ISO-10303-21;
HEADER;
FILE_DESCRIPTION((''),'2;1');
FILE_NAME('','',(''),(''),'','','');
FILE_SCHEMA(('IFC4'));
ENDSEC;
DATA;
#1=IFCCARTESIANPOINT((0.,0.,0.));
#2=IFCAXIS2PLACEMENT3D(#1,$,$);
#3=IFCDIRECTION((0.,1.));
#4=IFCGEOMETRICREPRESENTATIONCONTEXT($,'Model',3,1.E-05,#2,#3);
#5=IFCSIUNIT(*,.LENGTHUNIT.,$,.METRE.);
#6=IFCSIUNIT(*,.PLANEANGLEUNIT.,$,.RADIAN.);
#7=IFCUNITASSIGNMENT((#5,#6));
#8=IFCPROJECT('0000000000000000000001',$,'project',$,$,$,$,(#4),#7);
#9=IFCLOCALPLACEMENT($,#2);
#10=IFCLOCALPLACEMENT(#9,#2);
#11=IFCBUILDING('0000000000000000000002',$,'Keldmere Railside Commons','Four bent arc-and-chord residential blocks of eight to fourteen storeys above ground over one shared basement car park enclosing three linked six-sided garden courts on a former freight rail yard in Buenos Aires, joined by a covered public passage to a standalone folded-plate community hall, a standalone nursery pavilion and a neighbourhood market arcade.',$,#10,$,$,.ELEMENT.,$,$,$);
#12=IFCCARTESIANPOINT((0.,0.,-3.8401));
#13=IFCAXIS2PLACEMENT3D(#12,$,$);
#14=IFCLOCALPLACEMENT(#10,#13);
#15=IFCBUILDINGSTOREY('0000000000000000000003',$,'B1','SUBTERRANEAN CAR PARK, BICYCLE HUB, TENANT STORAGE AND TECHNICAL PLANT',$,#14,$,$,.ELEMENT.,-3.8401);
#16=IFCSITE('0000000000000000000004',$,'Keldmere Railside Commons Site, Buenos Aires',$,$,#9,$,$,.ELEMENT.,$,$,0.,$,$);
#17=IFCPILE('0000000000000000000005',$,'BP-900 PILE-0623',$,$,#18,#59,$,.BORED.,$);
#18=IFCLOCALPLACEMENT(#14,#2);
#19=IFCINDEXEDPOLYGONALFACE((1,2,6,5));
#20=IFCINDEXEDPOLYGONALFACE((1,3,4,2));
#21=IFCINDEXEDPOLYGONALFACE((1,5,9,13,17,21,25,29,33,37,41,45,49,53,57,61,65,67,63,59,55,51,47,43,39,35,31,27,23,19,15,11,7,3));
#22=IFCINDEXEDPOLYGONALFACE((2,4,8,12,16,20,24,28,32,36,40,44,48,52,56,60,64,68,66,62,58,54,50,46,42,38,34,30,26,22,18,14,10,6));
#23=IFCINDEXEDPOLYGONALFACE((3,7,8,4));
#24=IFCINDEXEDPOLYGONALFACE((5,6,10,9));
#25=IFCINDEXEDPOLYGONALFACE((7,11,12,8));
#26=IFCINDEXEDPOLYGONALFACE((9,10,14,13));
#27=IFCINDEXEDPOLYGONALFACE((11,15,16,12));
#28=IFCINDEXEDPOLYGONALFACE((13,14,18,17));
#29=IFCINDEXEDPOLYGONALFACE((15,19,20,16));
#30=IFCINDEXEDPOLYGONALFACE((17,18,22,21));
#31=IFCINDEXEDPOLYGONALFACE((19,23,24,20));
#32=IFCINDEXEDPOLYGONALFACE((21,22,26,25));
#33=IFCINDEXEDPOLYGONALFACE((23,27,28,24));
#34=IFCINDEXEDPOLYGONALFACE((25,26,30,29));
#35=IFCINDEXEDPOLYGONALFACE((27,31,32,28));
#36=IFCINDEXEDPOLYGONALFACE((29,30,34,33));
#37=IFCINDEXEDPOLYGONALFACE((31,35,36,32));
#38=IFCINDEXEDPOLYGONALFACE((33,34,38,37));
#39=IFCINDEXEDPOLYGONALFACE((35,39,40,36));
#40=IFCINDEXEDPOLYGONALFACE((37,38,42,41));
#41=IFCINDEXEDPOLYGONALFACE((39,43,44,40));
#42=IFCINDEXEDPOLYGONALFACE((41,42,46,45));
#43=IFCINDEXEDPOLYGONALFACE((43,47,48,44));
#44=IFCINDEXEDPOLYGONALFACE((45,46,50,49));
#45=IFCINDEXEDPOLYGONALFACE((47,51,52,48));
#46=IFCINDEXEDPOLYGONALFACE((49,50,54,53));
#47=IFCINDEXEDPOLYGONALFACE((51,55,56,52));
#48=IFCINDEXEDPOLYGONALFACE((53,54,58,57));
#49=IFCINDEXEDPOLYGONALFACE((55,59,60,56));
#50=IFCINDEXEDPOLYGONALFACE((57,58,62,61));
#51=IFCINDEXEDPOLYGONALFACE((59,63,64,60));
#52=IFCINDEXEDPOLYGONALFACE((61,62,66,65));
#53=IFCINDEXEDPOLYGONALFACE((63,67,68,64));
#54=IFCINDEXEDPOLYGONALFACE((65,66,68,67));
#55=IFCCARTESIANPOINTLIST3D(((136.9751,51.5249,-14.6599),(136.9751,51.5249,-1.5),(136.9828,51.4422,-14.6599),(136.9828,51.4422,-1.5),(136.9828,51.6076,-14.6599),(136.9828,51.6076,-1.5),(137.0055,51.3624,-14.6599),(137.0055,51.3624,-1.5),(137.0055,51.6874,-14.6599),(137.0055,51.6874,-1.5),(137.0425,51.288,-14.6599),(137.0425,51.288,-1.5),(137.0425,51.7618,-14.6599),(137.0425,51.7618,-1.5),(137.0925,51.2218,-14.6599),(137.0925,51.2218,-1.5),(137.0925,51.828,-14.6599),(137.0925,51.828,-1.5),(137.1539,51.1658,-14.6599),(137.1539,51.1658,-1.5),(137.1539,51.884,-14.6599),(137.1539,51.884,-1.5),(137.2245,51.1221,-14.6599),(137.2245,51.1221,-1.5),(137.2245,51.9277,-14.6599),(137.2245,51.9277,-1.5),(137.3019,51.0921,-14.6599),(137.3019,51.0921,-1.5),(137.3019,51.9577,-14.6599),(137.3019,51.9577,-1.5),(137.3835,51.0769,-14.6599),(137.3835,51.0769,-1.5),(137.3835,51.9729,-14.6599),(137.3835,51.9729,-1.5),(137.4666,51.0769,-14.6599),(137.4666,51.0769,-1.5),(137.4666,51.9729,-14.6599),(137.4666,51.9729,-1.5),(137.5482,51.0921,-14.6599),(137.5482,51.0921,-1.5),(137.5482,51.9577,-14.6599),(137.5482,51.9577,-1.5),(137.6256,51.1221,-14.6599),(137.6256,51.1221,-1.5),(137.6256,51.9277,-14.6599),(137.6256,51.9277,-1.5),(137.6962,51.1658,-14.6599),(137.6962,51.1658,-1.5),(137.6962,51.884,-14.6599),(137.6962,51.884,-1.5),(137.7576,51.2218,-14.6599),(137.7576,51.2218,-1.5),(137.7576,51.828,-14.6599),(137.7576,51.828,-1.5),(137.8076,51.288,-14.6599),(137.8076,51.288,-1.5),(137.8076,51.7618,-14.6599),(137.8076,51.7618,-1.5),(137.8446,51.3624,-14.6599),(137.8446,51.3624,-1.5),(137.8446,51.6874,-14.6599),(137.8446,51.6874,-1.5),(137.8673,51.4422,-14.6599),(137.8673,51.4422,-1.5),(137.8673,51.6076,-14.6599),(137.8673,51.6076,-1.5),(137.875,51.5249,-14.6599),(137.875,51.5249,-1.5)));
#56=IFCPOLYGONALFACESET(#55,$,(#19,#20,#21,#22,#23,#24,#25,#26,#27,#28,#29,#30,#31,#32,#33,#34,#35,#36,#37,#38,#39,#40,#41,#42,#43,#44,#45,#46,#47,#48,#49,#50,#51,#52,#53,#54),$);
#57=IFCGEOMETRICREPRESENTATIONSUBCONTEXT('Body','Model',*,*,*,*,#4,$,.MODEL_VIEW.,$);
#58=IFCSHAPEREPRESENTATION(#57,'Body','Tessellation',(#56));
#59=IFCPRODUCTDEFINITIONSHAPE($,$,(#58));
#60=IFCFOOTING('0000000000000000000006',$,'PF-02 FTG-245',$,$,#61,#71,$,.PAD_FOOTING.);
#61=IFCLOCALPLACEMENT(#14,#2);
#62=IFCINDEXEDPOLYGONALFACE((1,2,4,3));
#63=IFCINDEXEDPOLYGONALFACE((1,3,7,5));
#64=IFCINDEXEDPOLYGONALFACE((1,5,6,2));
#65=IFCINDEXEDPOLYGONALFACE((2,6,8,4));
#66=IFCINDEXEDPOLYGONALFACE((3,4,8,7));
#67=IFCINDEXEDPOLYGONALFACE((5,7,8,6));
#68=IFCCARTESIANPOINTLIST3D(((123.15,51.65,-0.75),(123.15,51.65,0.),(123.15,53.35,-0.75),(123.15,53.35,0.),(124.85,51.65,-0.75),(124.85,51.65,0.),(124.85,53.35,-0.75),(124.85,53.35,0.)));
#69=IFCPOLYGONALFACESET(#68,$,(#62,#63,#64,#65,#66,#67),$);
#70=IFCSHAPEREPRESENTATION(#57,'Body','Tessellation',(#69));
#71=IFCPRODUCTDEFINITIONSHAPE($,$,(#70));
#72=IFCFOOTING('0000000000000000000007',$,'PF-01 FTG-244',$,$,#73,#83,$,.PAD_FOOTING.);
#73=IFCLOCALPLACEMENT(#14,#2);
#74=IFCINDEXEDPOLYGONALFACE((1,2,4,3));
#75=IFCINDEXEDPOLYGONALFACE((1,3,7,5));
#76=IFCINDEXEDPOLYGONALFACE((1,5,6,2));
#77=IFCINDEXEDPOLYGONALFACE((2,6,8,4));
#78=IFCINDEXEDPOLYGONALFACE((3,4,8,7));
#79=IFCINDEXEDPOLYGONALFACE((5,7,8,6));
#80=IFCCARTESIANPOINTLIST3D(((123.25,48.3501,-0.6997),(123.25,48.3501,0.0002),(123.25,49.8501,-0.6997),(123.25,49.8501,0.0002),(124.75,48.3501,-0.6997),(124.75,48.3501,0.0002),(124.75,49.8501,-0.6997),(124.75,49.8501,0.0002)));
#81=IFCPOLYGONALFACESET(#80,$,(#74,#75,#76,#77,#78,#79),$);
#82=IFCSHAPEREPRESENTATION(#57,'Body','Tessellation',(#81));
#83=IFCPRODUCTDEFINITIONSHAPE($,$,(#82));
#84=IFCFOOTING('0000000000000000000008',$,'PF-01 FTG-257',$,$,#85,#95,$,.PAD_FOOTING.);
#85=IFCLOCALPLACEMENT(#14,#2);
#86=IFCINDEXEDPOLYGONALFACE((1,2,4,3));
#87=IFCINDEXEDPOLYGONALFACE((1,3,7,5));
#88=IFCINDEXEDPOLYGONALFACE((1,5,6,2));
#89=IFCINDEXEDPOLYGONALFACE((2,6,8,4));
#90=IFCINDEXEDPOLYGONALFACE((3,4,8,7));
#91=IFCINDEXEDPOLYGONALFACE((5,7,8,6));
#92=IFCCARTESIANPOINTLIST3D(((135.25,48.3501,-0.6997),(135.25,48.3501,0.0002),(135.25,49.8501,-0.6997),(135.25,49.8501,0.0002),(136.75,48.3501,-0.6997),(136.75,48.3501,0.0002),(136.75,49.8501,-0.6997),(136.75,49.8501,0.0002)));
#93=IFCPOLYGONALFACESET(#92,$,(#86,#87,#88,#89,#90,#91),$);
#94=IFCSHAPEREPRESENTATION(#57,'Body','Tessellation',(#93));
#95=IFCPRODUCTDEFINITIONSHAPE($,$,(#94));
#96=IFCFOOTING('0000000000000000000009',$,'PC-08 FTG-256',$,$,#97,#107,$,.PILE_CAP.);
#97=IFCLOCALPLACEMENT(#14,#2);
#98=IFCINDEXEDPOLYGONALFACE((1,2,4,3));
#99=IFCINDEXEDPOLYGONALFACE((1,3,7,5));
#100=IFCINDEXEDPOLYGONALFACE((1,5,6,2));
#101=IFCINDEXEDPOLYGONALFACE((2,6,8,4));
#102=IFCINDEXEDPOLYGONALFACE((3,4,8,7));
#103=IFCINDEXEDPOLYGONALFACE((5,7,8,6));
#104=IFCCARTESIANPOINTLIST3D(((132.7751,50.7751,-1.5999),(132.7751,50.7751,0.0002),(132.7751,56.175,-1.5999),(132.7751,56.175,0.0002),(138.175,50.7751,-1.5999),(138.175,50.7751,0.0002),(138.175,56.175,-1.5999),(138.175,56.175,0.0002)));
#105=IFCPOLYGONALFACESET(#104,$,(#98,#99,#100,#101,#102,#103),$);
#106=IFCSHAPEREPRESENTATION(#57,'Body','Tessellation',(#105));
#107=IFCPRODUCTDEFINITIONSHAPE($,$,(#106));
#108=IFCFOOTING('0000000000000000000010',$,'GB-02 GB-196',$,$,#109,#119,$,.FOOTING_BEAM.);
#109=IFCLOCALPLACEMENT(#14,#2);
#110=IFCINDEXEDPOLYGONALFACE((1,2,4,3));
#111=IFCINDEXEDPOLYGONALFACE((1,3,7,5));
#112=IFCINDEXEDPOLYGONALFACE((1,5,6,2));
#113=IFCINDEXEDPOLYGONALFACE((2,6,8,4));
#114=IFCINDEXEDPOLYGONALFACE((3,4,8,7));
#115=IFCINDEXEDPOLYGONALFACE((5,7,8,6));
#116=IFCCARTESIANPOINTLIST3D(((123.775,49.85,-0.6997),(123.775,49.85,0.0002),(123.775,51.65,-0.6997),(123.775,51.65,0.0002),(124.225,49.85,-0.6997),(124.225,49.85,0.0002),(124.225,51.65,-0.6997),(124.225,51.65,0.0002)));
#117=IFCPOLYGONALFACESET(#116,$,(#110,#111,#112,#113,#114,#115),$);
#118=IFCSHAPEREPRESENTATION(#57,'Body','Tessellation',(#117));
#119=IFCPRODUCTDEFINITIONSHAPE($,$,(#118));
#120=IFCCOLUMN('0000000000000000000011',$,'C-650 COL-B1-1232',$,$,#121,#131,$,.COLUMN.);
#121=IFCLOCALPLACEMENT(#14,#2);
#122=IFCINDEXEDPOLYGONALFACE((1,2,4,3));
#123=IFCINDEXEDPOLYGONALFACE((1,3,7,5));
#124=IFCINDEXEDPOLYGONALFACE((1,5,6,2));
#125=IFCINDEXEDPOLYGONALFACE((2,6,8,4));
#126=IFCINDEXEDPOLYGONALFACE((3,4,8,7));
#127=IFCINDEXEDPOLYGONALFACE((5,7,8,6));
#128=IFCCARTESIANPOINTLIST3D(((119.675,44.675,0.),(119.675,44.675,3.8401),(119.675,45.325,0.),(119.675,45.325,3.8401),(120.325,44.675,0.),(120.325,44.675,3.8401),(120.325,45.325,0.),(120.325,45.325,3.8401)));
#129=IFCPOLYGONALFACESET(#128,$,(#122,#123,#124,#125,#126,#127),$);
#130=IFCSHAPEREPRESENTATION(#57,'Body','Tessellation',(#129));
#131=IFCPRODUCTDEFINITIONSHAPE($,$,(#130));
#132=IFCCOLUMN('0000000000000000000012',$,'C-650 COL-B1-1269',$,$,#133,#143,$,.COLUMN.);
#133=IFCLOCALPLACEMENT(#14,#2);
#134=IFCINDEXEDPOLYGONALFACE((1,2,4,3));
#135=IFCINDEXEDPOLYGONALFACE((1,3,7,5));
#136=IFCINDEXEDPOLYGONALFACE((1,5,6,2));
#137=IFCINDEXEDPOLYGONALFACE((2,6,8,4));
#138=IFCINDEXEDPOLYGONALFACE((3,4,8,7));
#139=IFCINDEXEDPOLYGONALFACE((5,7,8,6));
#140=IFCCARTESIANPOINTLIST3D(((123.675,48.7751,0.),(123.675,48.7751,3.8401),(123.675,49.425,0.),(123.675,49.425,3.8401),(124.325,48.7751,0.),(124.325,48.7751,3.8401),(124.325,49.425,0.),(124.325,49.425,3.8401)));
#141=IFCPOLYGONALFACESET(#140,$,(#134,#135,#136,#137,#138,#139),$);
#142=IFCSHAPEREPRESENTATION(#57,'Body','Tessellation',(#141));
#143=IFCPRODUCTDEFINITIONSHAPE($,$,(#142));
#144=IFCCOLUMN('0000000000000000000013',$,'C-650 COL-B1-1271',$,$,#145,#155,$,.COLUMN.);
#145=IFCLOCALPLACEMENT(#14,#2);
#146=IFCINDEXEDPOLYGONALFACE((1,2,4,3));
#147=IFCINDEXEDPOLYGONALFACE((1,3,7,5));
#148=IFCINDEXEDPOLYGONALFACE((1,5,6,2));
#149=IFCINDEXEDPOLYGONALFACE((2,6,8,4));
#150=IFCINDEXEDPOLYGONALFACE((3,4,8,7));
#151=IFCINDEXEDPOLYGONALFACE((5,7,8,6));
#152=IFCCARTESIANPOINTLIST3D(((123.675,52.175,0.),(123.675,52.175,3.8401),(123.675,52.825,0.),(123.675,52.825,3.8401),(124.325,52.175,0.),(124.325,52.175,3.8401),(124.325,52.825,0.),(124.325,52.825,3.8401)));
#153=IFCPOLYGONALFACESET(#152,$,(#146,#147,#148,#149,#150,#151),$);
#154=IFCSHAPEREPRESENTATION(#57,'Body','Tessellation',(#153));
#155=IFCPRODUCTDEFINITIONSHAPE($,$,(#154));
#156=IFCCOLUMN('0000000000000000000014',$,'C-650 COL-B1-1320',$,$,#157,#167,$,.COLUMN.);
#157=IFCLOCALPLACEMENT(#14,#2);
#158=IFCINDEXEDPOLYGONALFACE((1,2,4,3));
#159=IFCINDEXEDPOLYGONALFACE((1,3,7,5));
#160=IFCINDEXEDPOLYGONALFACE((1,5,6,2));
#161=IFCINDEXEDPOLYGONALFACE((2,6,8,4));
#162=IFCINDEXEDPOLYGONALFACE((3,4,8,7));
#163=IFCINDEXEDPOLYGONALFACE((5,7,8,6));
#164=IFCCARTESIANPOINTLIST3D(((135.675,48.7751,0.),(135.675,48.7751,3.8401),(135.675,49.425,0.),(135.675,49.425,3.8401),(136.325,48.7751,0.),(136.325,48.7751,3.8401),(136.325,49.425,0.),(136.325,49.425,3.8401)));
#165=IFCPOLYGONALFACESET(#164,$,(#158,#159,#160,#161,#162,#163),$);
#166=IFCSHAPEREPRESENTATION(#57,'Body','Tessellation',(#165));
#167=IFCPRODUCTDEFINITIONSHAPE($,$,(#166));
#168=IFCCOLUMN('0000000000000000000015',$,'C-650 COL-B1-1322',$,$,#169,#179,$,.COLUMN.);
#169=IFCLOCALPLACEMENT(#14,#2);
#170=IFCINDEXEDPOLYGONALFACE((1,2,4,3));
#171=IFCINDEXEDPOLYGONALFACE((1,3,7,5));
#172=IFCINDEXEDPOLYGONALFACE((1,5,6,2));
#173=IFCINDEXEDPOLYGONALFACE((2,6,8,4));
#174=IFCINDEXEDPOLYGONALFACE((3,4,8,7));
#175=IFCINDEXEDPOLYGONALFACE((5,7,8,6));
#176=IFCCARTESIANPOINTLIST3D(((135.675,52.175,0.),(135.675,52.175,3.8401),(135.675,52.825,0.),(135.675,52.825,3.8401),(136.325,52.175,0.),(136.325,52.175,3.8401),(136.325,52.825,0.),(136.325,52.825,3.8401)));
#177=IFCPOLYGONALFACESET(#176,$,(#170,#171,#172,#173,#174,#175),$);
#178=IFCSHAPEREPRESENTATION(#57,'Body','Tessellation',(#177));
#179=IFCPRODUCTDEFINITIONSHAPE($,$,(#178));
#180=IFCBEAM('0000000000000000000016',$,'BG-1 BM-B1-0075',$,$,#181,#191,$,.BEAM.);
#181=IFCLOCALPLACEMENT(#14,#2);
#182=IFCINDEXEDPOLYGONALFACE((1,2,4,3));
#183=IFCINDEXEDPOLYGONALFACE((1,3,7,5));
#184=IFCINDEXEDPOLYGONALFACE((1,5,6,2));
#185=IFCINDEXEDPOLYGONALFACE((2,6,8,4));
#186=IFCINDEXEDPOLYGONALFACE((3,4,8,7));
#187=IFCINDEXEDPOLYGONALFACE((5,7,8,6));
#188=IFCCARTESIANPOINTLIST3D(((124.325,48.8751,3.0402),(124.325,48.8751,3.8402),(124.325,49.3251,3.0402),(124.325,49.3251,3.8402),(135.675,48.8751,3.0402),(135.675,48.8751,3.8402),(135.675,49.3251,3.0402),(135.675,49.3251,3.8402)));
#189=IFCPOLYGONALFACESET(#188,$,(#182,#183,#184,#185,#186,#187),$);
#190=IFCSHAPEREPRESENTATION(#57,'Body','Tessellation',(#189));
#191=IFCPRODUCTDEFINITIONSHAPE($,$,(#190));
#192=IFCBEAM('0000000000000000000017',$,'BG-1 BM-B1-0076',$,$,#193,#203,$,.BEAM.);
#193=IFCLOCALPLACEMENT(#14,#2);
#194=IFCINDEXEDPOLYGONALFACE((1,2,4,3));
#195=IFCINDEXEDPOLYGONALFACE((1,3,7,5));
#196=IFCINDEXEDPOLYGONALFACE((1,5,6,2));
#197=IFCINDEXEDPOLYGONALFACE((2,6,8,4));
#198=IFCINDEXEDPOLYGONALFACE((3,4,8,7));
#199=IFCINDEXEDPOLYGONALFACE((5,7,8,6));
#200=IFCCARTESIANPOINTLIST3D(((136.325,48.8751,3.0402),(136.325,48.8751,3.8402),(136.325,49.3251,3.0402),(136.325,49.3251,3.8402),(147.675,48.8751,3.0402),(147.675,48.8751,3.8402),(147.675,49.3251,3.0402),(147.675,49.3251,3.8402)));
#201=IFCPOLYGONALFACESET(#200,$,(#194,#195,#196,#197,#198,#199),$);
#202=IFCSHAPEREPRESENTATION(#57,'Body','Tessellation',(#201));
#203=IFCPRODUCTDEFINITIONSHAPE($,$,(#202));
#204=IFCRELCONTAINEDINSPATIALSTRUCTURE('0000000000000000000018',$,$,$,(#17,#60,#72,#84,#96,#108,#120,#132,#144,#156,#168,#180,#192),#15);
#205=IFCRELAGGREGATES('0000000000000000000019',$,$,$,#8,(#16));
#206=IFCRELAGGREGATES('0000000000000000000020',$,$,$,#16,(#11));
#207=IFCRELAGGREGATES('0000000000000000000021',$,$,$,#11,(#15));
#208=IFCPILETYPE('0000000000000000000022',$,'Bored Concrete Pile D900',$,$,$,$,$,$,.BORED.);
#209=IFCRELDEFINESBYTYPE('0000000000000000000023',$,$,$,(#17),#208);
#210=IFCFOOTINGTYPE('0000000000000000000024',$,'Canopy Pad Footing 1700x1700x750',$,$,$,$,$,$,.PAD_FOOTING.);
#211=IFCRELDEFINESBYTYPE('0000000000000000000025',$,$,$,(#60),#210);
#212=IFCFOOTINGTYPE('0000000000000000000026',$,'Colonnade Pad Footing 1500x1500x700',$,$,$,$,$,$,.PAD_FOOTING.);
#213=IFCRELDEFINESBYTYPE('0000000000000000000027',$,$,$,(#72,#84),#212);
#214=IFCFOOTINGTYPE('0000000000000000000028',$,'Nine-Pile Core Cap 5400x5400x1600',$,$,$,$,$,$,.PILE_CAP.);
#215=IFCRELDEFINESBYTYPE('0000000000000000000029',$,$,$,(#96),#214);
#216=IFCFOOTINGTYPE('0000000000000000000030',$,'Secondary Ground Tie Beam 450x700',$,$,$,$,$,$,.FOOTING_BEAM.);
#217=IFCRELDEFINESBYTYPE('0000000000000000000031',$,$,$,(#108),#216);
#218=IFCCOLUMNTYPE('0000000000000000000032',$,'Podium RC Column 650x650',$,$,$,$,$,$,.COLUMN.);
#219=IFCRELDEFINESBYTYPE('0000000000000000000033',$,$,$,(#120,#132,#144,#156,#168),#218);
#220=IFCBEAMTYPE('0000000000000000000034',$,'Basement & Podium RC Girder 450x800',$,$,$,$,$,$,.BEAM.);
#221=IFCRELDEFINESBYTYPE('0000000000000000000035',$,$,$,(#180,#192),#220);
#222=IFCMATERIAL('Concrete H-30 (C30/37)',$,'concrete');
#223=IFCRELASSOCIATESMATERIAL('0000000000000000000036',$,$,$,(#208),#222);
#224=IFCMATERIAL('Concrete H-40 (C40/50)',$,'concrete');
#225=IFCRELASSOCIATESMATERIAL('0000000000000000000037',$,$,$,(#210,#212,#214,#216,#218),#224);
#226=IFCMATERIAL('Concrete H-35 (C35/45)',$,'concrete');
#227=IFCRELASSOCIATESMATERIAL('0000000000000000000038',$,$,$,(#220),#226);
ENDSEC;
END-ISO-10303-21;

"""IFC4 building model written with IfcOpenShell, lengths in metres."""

from ifc_helpers import new_model, si_unit, direction, frame, origin, origin_2d, place, context, subcontext, project, spatial, rectangle, circle, extrude, material, material_profile, profile_set, type_object, element, save


model = new_model("IFC4")

# Units and contexts
model_context = context("Model", 3, precision=1e-05, world=origin(), true_north=direction((0.0, 1.0)))
body_context = subcontext(model_context, "Body", "Model", "MODEL_VIEW")
ifc_project = project(units=[si_unit("LENGTHUNIT", "METRE"), si_unit("PLANEANGLEUNIT", "RADIAN")], contexts=[model_context])

# Site, building, storey
site_placement = place(None, origin())
site = spatial("IfcSite", under=ifc_project, at=site_placement, Name="Keldmere Railside Commons Site, Buenos Aires", CompositionType="ELEMENT", RefElevation=0.0)
building_placement = place(site_placement, origin())
building = spatial("IfcBuilding", under=site, at=building_placement, Name="Keldmere Railside Commons", Description="Four bent arc-and-chord residential blocks of eight to fourteen storeys above ground over one shared basement car park enclosing three linked six-sided garden courts on a former freight rail yard in Buenos Aires, joined by a covered public passage to a standalone folded-plate community hall, a standalone nursery pavilion and a neighbourhood market arcade.", CompositionType="ELEMENT")
storey_placement = place(building_placement, frame((0.0, 0.0, -3.8401)))
storey = spatial("IfcBuildingStorey", under=building, at=storey_placement, Name="B1", Description="SUBTERRANEAN CAR PARK, BICYCLE HUB, TENANT STORAGE AND TECHNICAL PLANT", CompositionType="ELEMENT", Elevation=-3.8401)

# Pile
ifc_material_1 = material(Name="Concrete H-30 (C30/37)", Category="concrete")
ifc_material_profile_1 = material_profile(ifc_material_1, circle(Radius=0.45, at=origin_2d()), Name="PILE-D900")
ifc_profile_set_1 = profile_set([ifc_material_profile_1], Name="Concrete H-30 (C30/37)")
pile_type_1 = type_object("IfcPileType", Name="Bored Concrete Pile D900", PredefinedType="BORED", material=ifc_profile_set_1)
for number, where, z_axis, x_axis, name in (
    (1, (137.425, 51.5249, -1.5), (0.0, 0.0, -1.0), (1.0, 0.0, 0.0), "BP-900 PILE-0623"),
):
    element("IfcPile", number, at=place(storey_placement, frame(where, z_axis=z_axis, x_axis=x_axis)), inside=storey, type_object=pile_type_1, Name=name, PredefinedType="BORED", context=body_context, shape_type="SweptSolid", body=[
        extrude(circle(Radius=0.45, at=origin_2d()), origin(), (0.0, 0.0, 1.0), 13.1599),
    ])

# Footings
ifc_material_2 = material(Name="Concrete H-40 (C40/50)", Category="concrete")
footing_type_1 = type_object("IfcFootingType", Name="Canopy Pad Footing 1700x1700x750", PredefinedType="PAD_FOOTING", material=ifc_material_2)
footing_1_placement = place(storey_placement, frame((124.0, 52.5, -0.75), z_axis=(0.0, 0.0, 1.0), x_axis=(1.0, 0.0, 0.0)))
element("IfcFooting", 2, at=footing_1_placement, inside=storey, type_object=footing_type_1, Name="PF-02 FTG-245", PredefinedType="PAD_FOOTING", context=body_context, shape_type="SweptSolid", body=[
    extrude(rectangle(XDim=1.7, YDim=1.7, at=origin_2d()), origin(), (0.0, 0.0, 1.0), 0.75),
])
footing_type_2 = type_object("IfcFootingType", Name="Colonnade Pad Footing 1500x1500x700", PredefinedType="PAD_FOOTING", material=ifc_material_2)
for number, where, z_axis, x_axis, name in (
    (3, (124.0, 49.1001, -0.6997), (0.0, 0.0, 1.0), (1.0, 0.0, 0.0), "PF-01 FTG-244"),
    (4, (136.0, 49.1001, -0.6997), (0.0, 0.0, 1.0), (1.0, 0.0, 0.0), "PF-01 FTG-257"),
):
    element("IfcFooting", number, at=place(storey_placement, frame(where, z_axis=z_axis, x_axis=x_axis)), inside=storey, type_object=footing_type_2, Name=name, PredefinedType="PAD_FOOTING", context=body_context, shape_type="SweptSolid", body=[
        extrude(rectangle(XDim=1.5, YDim=1.5, at=origin_2d()), origin(), (0.0, 0.0, 1.0), 0.7),
    ])
footing_type_3 = type_object("IfcFootingType", Name="Nine-Pile Core Cap 5400x5400x1600", PredefinedType="PILE_CAP", material=ifc_material_2)
footing_2_placement = place(storey_placement, frame((135.4751, 53.4751, -1.5999), z_axis=(0.0, 0.0, 1.0), x_axis=(1.0, 0.0, 0.0)))
element("IfcFooting", 5, at=footing_2_placement, inside=storey, type_object=footing_type_3, Name="PC-08 FTG-256", PredefinedType="PILE_CAP", context=body_context, shape_type="SweptSolid", body=[
    extrude(rectangle(XDim=5.3999, YDim=5.3999, at=origin_2d()), origin(), (0.0, 0.0, 1.0), 1.6001),
])
footing_type_4 = type_object("IfcFootingType", Name="Secondary Ground Tie Beam 450x700", PredefinedType="FOOTING_BEAM", material=ifc_material_2)
footing_3_placement = place(storey_placement, frame((124.0, 50.75, -0.6997), z_axis=(0.0, 0.0, 1.0), x_axis=(0.0, 1.0, 0.0)))
element("IfcFooting", 6, at=footing_3_placement, inside=storey, type_object=footing_type_4, Name="GB-02 GB-196", PredefinedType="FOOTING_BEAM", context=body_context, shape_type="SweptSolid", body=[
    extrude(rectangle(XDim=1.8, YDim=0.45, at=origin_2d()), origin(), (0.0, 0.0, 1.0), 0.7),
])

# Columns
ifc_material_profile_2 = material_profile(ifc_material_2, rectangle(XDim=0.6499, YDim=0.6499, at=origin_2d()), Name="RC-650x650")
ifc_profile_set_2 = profile_set([ifc_material_profile_2], Name="Concrete H-40 (C40/50)")
column_type = type_object("IfcColumnType", Name="Podium RC Column 650x650", PredefinedType="COLUMN", material=ifc_profile_set_2)
for number, where, z_axis, x_axis, name in (
    (7, (120.0, 45.0, 0.0), (0.0, 0.0, 1.0), (1.0, 0.0, 0.0), "C-650 COL-B1-1232"),
    (8, (124.0, 49.1001, 0.0), (0.0, 0.0, 1.0), (1.0, 0.0, 0.0), "C-650 COL-B1-1269"),
    (9, (124.0, 52.5, 0.0), (0.0, 0.0, 1.0), (1.0, 0.0, 0.0), "C-650 COL-B1-1271"),
    (10, (136.0, 49.1001, 0.0), (0.0, 0.0, 1.0), (1.0, 0.0, 0.0), "C-650 COL-B1-1320"),
    (11, (136.0, 52.5, 0.0), (0.0, 0.0, 1.0), (1.0, 0.0, 0.0), "C-650 COL-B1-1322"),
):
    element("IfcColumn", number, at=place(storey_placement, frame(where, z_axis=z_axis, x_axis=x_axis)), inside=storey, type_object=column_type, Name=name, PredefinedType="COLUMN", context=body_context, shape_type="SweptSolid", body=[
        extrude(rectangle(XDim=0.6499, YDim=0.6499, at=origin_2d()), origin(), (0.0, 0.0, 1.0), 3.8401),
    ])

# Beams
ifc_material_3 = material(Name="Concrete H-35 (C35/45)", Category="concrete")
ifc_material_profile_3 = material_profile(ifc_material_3, rectangle(XDim=0.45, YDim=0.8, at=origin_2d()), Name="RC-450x800")
ifc_profile_set_3 = profile_set([ifc_material_profile_3], Name="Concrete H-35 (C35/45)")
beam_type = type_object("IfcBeamType", Name="Basement & Podium RC Girder 450x800", PredefinedType="BEAM", material=ifc_profile_set_3)
for number, where, z_axis, x_axis, name in (
    (12, (124.325, 49.1001, 3.4402), (1.0, 0.0, 0.0), (0.0, 1.0, 0.0), "BG-1 BM-B1-0075"),
    (13, (136.325, 49.1001, 3.4402), (1.0, 0.0, 0.0), (0.0, 1.0, 0.0), "BG-1 BM-B1-0076"),
):
    element("IfcBeam", number, at=place(storey_placement, frame(where, z_axis=z_axis, x_axis=x_axis)), inside=storey, type_object=beam_type, Name=name, PredefinedType="BEAM", context=body_context, shape_type="SweptSolid", body=[
        extrude(rectangle(XDim=0.45, YDim=0.8, at=origin_2d()), origin(), (0.0, 0.0, 1.0), 11.3501),
    ])

save(model, "model.ifc")
